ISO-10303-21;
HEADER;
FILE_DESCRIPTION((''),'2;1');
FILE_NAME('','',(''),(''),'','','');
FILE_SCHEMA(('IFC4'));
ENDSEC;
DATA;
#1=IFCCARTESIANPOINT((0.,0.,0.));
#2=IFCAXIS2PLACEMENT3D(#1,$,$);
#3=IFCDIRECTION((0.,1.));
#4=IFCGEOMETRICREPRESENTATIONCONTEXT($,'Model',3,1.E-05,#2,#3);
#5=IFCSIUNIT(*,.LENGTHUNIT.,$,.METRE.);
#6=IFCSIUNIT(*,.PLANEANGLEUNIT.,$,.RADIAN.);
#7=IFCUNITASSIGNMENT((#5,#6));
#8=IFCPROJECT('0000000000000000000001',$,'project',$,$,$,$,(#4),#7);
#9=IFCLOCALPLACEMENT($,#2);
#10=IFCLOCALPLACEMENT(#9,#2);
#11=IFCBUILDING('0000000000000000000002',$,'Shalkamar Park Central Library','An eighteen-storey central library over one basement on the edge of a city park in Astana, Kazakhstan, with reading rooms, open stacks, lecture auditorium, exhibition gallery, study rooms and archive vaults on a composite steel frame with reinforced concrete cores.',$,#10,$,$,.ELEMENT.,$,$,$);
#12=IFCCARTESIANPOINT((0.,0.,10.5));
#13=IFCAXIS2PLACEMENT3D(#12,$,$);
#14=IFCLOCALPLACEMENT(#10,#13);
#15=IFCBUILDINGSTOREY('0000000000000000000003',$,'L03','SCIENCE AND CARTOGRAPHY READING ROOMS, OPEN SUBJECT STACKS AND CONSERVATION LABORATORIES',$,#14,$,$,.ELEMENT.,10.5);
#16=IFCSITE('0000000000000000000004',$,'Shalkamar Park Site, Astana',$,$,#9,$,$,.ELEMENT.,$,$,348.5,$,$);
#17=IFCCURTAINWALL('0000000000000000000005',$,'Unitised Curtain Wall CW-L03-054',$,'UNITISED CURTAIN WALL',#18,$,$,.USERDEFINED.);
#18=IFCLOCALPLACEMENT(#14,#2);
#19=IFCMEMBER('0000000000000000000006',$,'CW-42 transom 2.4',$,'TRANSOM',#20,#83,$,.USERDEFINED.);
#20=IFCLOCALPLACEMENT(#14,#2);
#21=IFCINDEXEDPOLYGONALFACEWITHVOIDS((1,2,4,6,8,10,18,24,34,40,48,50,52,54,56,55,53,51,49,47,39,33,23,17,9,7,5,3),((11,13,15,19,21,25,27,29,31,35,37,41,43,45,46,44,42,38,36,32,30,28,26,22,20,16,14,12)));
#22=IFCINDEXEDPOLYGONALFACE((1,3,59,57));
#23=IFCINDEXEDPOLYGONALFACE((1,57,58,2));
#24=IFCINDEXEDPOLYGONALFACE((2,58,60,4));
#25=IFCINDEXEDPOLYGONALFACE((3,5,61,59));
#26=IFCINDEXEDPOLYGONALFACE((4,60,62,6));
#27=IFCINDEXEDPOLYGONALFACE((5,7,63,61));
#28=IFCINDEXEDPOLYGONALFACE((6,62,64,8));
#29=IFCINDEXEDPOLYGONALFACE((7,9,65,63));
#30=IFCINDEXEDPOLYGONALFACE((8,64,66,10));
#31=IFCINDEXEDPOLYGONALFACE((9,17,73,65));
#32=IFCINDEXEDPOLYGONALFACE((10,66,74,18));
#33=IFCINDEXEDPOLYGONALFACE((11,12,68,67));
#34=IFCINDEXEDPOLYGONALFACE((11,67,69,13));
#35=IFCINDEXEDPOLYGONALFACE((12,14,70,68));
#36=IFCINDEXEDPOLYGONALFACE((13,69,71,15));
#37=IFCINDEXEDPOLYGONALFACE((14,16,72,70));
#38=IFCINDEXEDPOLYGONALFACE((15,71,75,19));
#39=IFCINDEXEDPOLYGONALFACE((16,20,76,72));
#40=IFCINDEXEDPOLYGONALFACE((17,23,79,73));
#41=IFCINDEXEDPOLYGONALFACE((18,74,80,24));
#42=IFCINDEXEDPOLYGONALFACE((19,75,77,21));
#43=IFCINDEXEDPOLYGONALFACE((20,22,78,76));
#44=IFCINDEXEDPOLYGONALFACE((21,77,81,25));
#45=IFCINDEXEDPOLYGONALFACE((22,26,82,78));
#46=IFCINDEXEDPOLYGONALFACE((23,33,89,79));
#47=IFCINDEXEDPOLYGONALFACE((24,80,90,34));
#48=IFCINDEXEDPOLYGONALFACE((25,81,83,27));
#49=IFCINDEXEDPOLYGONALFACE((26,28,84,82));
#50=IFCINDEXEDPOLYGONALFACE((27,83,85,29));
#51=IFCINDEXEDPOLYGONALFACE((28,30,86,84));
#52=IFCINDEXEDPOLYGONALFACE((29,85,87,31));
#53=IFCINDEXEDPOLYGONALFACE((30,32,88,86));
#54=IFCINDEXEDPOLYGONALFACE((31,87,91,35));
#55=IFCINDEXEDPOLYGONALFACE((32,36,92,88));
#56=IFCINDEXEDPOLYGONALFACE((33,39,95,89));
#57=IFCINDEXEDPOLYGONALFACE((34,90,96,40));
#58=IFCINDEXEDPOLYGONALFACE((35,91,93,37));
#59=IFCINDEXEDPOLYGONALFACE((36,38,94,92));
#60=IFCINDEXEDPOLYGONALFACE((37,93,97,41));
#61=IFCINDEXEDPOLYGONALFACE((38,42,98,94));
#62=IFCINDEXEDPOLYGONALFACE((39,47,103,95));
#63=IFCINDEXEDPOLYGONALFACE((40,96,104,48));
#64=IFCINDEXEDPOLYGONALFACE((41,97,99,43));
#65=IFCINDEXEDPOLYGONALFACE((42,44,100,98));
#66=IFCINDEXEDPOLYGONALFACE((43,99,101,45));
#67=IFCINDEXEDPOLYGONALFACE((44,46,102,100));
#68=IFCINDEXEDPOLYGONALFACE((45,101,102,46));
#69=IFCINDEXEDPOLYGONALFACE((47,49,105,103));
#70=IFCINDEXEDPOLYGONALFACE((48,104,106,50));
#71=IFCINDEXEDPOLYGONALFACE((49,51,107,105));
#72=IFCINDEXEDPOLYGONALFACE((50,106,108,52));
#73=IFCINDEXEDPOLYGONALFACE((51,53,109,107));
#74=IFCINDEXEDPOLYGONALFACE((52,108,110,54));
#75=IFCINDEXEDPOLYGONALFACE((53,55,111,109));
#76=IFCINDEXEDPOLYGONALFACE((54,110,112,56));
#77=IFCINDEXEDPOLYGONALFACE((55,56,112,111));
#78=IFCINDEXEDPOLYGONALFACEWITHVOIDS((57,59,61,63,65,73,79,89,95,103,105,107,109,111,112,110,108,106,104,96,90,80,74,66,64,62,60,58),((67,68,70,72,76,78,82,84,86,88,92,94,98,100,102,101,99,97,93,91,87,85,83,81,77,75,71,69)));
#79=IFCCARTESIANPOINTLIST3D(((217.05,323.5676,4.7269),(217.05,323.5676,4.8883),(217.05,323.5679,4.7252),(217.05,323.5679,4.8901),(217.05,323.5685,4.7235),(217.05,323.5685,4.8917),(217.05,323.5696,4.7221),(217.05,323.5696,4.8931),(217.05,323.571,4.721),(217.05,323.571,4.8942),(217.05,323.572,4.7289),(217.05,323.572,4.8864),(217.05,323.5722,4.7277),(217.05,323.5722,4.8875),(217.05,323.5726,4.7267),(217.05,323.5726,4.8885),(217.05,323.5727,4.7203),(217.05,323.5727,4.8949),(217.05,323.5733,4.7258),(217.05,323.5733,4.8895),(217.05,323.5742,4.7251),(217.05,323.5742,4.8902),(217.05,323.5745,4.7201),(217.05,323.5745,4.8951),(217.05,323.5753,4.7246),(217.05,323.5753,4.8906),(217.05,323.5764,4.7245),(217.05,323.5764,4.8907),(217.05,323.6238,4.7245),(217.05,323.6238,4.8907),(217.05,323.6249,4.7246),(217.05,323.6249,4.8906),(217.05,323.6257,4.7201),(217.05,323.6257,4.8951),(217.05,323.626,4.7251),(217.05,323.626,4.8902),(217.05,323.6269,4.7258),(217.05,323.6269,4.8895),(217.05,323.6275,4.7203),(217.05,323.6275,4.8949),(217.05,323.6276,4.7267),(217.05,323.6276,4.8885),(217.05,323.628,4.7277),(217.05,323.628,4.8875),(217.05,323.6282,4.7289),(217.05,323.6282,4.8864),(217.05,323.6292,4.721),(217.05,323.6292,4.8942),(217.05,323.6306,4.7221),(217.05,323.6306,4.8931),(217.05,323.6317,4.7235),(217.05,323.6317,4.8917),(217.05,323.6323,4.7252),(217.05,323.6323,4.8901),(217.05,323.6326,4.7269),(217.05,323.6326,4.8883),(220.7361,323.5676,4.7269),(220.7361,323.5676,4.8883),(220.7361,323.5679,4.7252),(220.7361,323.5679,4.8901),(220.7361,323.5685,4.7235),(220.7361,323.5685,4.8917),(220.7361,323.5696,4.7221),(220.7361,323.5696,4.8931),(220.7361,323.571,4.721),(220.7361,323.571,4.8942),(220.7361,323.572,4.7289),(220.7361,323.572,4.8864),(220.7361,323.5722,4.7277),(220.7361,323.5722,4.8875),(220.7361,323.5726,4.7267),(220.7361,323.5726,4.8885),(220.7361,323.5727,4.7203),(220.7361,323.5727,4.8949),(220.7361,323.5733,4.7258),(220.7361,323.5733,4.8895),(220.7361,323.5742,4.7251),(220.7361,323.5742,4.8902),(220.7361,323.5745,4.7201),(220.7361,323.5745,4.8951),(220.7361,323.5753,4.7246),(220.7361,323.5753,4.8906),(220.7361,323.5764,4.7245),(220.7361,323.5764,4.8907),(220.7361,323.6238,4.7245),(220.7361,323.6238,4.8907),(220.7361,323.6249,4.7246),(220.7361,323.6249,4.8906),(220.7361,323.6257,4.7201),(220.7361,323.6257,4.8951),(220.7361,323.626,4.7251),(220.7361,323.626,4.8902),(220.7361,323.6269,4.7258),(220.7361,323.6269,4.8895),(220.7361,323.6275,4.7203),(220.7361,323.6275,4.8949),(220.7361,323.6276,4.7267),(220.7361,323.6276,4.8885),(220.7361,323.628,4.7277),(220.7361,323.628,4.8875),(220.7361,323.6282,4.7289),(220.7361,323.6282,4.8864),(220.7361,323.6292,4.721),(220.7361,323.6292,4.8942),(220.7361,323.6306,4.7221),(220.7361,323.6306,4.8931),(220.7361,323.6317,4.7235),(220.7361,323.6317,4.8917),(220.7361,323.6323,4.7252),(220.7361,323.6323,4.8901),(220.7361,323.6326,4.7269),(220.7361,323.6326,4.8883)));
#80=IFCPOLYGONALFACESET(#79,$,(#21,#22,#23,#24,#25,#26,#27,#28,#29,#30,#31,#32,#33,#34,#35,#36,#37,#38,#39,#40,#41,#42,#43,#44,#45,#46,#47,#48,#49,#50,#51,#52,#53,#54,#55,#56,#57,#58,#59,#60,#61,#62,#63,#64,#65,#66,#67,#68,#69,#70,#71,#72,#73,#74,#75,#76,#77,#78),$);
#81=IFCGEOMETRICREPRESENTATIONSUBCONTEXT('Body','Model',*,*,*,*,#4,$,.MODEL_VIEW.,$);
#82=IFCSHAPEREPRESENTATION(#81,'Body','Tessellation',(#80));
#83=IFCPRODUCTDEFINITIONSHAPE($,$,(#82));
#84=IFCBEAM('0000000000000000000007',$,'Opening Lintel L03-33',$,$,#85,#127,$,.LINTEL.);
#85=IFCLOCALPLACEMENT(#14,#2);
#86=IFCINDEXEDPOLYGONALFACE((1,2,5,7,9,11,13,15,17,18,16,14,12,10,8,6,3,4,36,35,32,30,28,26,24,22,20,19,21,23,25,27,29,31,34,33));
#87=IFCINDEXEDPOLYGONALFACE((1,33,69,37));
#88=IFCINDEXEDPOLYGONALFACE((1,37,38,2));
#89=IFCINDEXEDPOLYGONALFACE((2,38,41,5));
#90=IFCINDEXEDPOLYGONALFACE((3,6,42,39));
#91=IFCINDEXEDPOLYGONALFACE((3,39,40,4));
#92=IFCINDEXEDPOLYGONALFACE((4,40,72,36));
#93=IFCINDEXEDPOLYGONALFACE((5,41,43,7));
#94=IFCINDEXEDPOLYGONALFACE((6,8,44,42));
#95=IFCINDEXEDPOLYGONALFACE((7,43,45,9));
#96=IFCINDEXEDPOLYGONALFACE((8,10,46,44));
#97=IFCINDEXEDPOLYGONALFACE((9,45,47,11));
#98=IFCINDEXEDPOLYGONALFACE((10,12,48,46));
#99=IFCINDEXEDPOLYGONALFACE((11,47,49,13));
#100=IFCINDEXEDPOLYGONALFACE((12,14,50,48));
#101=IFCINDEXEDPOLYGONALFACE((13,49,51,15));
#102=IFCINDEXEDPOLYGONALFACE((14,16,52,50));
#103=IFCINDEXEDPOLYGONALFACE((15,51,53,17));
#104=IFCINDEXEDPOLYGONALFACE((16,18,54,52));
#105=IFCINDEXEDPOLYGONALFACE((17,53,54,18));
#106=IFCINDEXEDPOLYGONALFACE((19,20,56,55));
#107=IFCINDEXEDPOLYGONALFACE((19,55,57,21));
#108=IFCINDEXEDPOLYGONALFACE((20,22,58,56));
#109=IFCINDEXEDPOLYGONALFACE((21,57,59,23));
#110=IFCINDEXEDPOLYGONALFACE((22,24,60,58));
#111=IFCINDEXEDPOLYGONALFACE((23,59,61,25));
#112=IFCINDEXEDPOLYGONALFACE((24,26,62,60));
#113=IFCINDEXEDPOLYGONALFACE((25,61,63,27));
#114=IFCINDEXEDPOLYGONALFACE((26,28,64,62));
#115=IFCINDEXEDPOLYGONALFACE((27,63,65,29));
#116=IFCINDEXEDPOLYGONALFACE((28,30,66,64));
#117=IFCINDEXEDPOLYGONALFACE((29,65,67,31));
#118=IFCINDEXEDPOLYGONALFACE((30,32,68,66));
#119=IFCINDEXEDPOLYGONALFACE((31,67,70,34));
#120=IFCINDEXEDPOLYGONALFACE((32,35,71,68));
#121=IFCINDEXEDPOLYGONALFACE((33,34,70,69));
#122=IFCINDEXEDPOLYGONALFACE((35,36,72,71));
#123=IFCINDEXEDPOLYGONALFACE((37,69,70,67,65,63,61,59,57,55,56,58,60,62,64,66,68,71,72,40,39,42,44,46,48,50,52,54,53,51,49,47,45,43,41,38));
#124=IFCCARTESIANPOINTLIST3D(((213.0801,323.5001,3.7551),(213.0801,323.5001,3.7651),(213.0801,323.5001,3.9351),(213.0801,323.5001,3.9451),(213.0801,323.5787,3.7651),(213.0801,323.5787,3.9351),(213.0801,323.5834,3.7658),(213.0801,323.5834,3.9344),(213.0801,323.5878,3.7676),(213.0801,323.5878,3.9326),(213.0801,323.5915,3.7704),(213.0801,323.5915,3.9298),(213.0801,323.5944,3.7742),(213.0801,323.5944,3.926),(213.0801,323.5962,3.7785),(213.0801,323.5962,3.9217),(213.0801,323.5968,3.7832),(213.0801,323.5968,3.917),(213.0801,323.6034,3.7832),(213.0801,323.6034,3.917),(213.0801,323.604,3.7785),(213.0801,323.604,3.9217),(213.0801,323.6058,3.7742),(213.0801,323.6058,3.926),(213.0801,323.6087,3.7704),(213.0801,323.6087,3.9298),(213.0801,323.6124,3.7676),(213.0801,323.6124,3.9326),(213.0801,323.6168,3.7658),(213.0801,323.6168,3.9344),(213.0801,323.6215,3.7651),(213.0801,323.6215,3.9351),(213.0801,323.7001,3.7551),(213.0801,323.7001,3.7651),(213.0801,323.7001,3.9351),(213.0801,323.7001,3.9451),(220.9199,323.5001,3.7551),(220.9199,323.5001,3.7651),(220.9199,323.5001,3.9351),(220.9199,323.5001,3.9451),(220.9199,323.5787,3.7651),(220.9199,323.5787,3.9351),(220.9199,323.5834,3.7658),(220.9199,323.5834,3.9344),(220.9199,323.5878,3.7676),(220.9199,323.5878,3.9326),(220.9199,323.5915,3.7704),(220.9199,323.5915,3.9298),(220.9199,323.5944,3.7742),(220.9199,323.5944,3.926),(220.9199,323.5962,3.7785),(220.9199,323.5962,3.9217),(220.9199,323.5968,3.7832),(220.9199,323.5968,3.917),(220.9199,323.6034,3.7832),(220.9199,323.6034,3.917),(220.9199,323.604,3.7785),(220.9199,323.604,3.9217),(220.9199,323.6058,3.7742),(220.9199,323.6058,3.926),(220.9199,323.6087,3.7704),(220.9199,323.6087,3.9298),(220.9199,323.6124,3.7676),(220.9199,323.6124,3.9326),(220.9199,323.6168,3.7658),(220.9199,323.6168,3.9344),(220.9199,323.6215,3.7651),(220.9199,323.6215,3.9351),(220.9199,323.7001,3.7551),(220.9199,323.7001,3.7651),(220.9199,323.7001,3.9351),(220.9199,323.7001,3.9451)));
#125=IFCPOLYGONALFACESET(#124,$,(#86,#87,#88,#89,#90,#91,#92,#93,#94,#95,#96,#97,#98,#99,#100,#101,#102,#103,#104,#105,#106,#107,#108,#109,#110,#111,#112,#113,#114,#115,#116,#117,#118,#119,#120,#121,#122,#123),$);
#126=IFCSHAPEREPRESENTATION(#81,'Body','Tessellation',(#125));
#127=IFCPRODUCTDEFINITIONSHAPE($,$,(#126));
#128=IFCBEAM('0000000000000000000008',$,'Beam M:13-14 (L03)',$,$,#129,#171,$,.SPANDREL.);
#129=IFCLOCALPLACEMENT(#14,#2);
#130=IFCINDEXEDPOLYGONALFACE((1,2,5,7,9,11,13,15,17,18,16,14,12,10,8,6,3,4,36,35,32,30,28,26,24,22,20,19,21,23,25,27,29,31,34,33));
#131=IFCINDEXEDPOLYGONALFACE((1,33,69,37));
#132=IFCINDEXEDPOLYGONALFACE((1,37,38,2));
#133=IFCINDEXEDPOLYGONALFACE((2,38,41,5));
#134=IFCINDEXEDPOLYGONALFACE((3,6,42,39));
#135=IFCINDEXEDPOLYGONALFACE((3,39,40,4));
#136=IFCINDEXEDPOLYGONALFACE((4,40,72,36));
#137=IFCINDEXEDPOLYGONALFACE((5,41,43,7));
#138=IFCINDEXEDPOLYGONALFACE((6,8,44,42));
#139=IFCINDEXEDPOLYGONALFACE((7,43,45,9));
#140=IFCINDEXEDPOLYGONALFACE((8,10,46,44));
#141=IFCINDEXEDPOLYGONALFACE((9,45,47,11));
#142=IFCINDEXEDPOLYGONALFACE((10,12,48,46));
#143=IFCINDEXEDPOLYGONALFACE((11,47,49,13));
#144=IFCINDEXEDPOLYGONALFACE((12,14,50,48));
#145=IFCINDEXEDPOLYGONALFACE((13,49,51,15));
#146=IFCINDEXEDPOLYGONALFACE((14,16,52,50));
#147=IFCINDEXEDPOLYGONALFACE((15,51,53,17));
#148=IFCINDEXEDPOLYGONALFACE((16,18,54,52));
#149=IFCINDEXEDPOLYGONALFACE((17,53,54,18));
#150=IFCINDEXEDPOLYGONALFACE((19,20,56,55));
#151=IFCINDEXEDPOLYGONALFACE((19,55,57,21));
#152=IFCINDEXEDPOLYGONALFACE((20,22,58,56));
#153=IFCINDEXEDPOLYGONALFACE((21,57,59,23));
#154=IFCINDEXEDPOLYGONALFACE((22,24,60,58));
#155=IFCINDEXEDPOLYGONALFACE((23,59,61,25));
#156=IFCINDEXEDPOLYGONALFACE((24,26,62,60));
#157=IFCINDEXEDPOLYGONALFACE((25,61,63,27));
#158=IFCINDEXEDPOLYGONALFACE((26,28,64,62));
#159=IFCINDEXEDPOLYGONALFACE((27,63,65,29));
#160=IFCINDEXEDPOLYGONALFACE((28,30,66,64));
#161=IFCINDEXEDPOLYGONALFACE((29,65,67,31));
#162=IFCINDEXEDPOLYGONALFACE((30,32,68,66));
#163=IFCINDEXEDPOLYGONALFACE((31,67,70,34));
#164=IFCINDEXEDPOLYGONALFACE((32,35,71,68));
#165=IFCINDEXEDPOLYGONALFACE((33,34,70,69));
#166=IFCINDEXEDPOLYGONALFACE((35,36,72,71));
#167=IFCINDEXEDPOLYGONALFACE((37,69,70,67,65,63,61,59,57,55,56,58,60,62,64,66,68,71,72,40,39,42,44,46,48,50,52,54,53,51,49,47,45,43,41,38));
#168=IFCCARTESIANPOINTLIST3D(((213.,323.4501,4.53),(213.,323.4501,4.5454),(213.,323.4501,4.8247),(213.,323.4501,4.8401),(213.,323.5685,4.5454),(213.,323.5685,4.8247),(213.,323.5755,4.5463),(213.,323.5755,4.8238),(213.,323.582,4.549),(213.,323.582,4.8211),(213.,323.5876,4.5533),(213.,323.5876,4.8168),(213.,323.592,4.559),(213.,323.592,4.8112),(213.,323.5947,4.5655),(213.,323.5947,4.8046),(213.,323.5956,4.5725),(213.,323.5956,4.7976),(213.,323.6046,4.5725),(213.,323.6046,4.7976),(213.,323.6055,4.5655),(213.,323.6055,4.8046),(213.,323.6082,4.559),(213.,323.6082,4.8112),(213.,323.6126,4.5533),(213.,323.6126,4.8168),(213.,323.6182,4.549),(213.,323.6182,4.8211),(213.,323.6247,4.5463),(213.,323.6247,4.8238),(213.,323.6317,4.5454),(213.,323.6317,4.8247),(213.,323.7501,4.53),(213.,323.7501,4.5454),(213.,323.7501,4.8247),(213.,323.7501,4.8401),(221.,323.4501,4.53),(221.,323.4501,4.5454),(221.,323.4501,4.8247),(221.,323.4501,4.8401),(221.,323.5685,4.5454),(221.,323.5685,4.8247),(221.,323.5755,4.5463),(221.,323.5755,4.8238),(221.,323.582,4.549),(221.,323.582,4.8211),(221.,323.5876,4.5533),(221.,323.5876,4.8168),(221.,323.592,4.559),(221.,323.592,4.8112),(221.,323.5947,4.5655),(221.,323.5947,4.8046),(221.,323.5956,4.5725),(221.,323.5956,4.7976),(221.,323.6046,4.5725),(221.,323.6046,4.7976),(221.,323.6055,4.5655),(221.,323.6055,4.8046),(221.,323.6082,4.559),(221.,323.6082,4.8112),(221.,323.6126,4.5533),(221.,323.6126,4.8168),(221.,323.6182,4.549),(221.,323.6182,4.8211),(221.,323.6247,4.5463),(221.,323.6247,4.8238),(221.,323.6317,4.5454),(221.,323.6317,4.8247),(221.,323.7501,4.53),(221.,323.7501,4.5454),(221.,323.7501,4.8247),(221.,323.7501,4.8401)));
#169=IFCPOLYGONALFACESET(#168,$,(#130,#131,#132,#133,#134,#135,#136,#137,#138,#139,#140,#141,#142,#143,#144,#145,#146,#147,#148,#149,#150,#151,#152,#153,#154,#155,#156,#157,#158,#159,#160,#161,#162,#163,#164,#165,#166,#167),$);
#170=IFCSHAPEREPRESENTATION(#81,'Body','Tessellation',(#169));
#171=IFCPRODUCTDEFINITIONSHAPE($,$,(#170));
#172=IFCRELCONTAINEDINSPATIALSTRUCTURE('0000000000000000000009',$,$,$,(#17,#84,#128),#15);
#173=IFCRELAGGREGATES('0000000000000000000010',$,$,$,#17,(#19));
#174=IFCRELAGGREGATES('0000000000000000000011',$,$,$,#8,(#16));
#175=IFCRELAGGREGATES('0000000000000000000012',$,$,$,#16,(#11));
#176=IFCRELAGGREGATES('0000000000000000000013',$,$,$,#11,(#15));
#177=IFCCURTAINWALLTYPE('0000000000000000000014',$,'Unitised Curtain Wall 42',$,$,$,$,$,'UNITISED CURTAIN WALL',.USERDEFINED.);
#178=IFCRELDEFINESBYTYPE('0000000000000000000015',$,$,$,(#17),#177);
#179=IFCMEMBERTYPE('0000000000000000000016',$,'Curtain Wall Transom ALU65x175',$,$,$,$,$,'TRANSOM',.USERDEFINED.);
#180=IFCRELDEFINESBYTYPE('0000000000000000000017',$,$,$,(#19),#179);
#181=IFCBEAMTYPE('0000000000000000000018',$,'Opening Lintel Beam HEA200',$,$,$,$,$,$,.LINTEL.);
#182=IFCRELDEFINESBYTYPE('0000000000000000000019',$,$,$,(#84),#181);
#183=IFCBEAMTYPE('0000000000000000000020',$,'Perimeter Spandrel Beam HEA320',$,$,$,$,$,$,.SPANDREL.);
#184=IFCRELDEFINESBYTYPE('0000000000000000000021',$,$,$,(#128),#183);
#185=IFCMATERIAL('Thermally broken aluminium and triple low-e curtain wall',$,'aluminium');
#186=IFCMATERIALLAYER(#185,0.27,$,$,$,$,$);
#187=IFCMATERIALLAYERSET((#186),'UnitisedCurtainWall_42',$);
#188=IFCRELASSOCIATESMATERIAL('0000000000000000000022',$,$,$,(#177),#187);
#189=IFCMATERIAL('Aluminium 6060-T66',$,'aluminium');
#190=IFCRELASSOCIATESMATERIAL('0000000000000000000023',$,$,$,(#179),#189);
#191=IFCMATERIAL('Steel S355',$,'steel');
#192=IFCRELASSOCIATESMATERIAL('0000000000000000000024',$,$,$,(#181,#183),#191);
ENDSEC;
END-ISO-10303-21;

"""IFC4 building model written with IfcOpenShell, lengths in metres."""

from ifc_helpers import new_model, si_unit, direction, frame, origin, origin_2d, place, context, subcontext, project, spatial, hollow_rectangle, i_section, extrude, material, layer, layer_set, material_profile, profile_set, type_object, element, aggregate, save


model = new_model("IFC4")

# Units and contexts
model_context = context("Model", 3, precision=1e-05, world=origin(), true_north=direction((0.0, 1.0)))
body_context = subcontext(model_context, "Body", "Model", "MODEL_VIEW")
ifc_project = project(units=[si_unit("LENGTHUNIT", "METRE"), si_unit("PLANEANGLEUNIT", "RADIAN")], contexts=[model_context])

# Site, building, storey
site_placement = place(None, origin())
site = spatial("IfcSite", under=ifc_project, at=site_placement, Name="Shalkamar Park Site, Astana", CompositionType="ELEMENT", RefElevation=348.5)
building_placement = place(site_placement, origin())
building = spatial("IfcBuilding", under=site, at=building_placement, Name="Shalkamar Park Central Library", Description="An eighteen-storey central library over one basement on the edge of a city park in Astana, Kazakhstan, with reading rooms, open stacks, lecture auditorium, exhibition gallery, study rooms and archive vaults on a composite steel frame with reinforced concrete cores.", CompositionType="ELEMENT")
storey_placement = place(building_placement, frame((0.0, 0.0, 10.5)))
storey = spatial("IfcBuildingStorey", under=building, at=storey_placement, Name="L03", Description="SCIENCE AND CARTOGRAPHY READING ROOMS, OPEN SUBJECT STACKS AND CONSERVATION LABORATORIES", CompositionType="ELEMENT", Elevation=10.5)

# Shared definitions
ifc_material_1 = material(Name="Steel S355", Category="steel")

# Shared definitions
ifc_material_2 = material(Name="Thermally broken aluminium and triple low-e curtain wall", Category="aluminium")
ifc_material_3 = material(Name="Aluminium 6060-T66", Category="aluminium")

# Curtain wall, member
ifc_layer_1 = layer(ifc_material_2, 0.27)
ifc_layer_set_1 = layer_set([ifc_layer_1], Name="UnitisedCurtainWall_42")
curtain_wall_type_1 = type_object("IfcCurtainWallType", Name="Unitised Curtain Wall 42", ElementType="UNITISED CURTAIN WALL", PredefinedType="USERDEFINED", material=ifc_layer_set_1)
curtain_wall_1_placement = place(storey_placement, origin())
curtain_wall_1 = element("IfcCurtainWall", 1, at=curtain_wall_1_placement, inside=storey, type_object=curtain_wall_type_1, Name="Unitised Curtain Wall CW-L03-054", ObjectType="UNITISED CURTAIN WALL", PredefinedType="USERDEFINED")
ifc_material_profile_1 = material_profile(ifc_material_3, hollow_rectangle(XDim=0.0649, YDim=0.175, WallThickness=0.0044, InnerFilletRadius=0.0044, OuterFilletRadius=0.0068, at=origin_2d()), Name="ALU 65x175x4.5")
ifc_profile_set_1 = profile_set([ifc_material_profile_1], Name="Aluminium 6060-T66")
member_type_1 = type_object("IfcMemberType", Name="Curtain Wall Transom ALU65x175", ElementType="TRANSOM", PredefinedType="USERDEFINED", material=ifc_profile_set_1)
member_1_placement = place(storey_placement, frame((217.05, 323.6001, 4.8076), z_axis=(1.0, 0.0, 0.0), x_axis=(0.0, 1.0, 0.0)))
member_1 = element("IfcMember", 2, at=member_1_placement, type_object=member_type_1, Name="CW-42 transom 2.4", ObjectType="TRANSOM", PredefinedType="USERDEFINED", context=body_context, shape_type="SweptSolid", body=[
    extrude(hollow_rectangle(XDim=0.0649, YDim=0.175, WallThickness=0.0044, InnerFilletRadius=0.0044, OuterFilletRadius=0.0068, at=origin_2d()), origin(), (0.0, 0.0, 1.0), 3.686),
])

# Beams
ifc_material_profile_2 = material_profile(ifc_material_1, i_section(OverallWidth=0.2, OverallDepth=0.1899, WebThickness=0.0066, FlangeThickness=0.01, FilletRadius=0.0181, at=origin_2d()), Name="HEA 200")
ifc_profile_set_2 = profile_set([ifc_material_profile_2], Name="Steel S355")
beam_type_1 = type_object("IfcBeamType", Name="Opening Lintel Beam HEA200", PredefinedType="LINTEL", material=ifc_profile_set_2)
beam_1_placement = place(storey_placement, frame((213.0801, 323.6001, 3.8501), z_axis=(1.0, 0.0, 0.0), x_axis=(0.0, 1.0, 0.0)))
element("IfcBeam", 3, at=beam_1_placement, inside=storey, type_object=beam_type_1, Name="Opening Lintel L03-33", PredefinedType="LINTEL", context=body_context, shape_type="SweptSolid", body=[
    extrude(i_section(OverallWidth=0.2, OverallDepth=0.1899, WebThickness=0.0066, FlangeThickness=0.01, FilletRadius=0.0181, at=origin_2d()), origin(), (0.0, 0.0, 1.0), 7.8398),
])
ifc_material_profile_3 = material_profile(ifc_material_1, i_section(OverallWidth=0.3, OverallDepth=0.3101, WebThickness=0.009, FlangeThickness=0.0154, FilletRadius=0.0271, at=origin_2d()), Name="HEA 320")
ifc_profile_set_3 = profile_set([ifc_material_profile_3], Name="Steel S355")
beam_type_2 = type_object("IfcBeamType", Name="Perimeter Spandrel Beam HEA320", PredefinedType="SPANDREL", material=ifc_profile_set_3)
beam_2_placement = place(storey_placement, frame((213.0, 323.6001, 4.6851), z_axis=(1.0, 0.0, 0.0), x_axis=(0.0, 1.0, 0.0)))
element("IfcBeam", 4, at=beam_2_placement, inside=storey, type_object=beam_type_2, Name="Beam M:13-14 (L03)", PredefinedType="SPANDREL", context=body_context, shape_type="SweptSolid", body=[
    extrude(i_section(OverallWidth=0.3, OverallDepth=0.3101, WebThickness=0.009, FlangeThickness=0.0154, FilletRadius=0.0271, at=origin_2d()), origin(), (0.0, 0.0, 1.0), 8.0),
])

aggregate(curtain_wall_1, [member_1])

save(model, "model.ifc")
